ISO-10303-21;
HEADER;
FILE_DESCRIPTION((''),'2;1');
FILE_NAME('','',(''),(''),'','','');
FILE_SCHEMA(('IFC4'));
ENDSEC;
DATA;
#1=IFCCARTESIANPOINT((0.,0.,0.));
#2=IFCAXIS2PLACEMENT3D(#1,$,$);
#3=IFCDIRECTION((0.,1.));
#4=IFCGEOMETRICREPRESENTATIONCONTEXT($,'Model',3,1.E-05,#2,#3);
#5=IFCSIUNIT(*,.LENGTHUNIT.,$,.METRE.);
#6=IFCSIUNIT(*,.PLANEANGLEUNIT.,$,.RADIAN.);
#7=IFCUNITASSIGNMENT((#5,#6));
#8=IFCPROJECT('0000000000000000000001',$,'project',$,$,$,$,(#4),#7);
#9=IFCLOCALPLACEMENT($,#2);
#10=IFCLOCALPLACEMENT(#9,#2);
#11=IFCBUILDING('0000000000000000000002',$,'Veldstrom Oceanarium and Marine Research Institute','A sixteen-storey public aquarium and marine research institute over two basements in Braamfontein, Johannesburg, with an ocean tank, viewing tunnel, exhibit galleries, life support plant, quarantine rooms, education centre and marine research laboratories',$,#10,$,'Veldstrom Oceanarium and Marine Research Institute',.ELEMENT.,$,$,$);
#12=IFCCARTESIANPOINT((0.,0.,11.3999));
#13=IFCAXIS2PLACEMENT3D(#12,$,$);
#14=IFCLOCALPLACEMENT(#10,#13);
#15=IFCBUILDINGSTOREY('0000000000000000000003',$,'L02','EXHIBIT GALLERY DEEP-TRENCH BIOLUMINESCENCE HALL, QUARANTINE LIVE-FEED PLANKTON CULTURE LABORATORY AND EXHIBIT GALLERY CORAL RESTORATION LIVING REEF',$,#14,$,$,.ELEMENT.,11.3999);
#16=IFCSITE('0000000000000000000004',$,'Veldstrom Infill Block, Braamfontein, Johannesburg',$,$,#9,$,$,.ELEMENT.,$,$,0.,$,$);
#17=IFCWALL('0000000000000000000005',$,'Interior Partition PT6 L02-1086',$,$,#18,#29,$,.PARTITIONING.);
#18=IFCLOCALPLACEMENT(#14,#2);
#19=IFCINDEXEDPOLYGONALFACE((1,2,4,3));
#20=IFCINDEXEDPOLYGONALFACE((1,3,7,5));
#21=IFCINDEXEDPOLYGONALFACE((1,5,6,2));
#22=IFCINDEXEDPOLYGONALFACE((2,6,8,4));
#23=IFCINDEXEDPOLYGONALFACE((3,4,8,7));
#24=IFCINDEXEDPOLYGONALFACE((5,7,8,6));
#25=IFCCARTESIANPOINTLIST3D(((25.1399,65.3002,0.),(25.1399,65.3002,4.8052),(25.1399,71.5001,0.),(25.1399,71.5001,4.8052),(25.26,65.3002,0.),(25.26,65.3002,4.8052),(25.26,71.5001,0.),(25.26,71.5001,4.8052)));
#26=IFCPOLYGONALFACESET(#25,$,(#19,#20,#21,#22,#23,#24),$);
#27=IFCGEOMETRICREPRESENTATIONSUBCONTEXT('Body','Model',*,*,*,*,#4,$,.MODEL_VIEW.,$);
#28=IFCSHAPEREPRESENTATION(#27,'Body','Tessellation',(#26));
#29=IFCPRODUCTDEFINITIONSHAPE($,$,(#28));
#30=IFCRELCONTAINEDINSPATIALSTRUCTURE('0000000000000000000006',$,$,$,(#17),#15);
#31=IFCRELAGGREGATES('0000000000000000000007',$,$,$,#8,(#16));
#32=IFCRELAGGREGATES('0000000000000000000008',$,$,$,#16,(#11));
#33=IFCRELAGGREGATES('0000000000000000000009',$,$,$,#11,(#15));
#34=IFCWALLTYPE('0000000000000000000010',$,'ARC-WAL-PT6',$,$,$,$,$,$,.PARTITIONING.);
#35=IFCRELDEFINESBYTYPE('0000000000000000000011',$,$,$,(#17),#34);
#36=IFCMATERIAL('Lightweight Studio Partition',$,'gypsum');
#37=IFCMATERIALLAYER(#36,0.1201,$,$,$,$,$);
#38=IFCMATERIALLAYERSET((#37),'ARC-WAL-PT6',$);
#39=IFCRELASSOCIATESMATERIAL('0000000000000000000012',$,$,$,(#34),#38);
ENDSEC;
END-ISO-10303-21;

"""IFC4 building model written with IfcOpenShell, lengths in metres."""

from ifc_helpers import new_model, si_unit, direction, frame, frame_2d, origin, place, context, subcontext, project, spatial, rectangle, extrude, material, layer, layer_set, type_object, element, save


model = new_model("IFC4")

# Units and contexts
model_context = context("Model", 3, precision=1e-05, world=origin(), true_north=direction((0.0, 1.0)))
body_context = subcontext(model_context, "Body", "Model", "MODEL_VIEW")
ifc_project = project(units=[si_unit("LENGTHUNIT", "METRE"), si_unit("PLANEANGLEUNIT", "RADIAN")], contexts=[model_context])

# Site, building, storey
site_placement = place(None, origin())
site = spatial("IfcSite", under=ifc_project, at=site_placement, Name="Veldstrom Infill Block, Braamfontein, Johannesburg", CompositionType="ELEMENT", RefElevation=0.0)
building_placement = place(site_placement, origin())
building = spatial("IfcBuilding", under=site, at=building_placement, Name="Veldstrom Oceanarium and Marine Research Institute", Description="A sixteen-storey public aquarium and marine research institute over two basements in Braamfontein, Johannesburg, with an ocean tank, viewing tunnel, exhibit galleries, life support plant, quarantine rooms, education centre and marine research laboratories", LongName="Veldstrom Oceanarium and Marine Research Institute", CompositionType="ELEMENT")
storey_placement = place(building_placement, frame((0.0, 0.0, 11.3999)))
storey = spatial("IfcBuildingStorey", under=building, at=storey_placement, Name="L02", Description="EXHIBIT GALLERY DEEP-TRENCH BIOLUMINESCENCE HALL, QUARANTINE LIVE-FEED PLANKTON CULTURE LABORATORY AND EXHIBIT GALLERY CORAL RESTORATION LIVING REEF", CompositionType="ELEMENT", Elevation=11.3999)

# Wall
ifc_material_1 = material(Name="Lightweight Studio Partition", Category="gypsum")
ifc_layer_1 = layer(ifc_material_1, 0.1201)
ifc_layer_set_1 = layer_set([ifc_layer_1], Name="ARC-WAL-PT6")
wall_type_1 = type_object("IfcWallType", Name="ARC-WAL-PT6", PredefinedType="PARTITIONING", material=ifc_layer_set_1)
wall_1_placement = place(storey_placement, frame((25.2, 65.3, 0.0), z_axis=(0.0, 0.0, 1.0), x_axis=(0.0, 1.0, 0.0)))
element("IfcWall", 1, at=wall_1_placement, inside=storey, type_object=wall_type_1, Name="Interior Partition PT6 L02-1086", PredefinedType="PARTITIONING", context=body_context, shape_type="SweptSolid", body=[
    extrude(rectangle(XDim=6.2, YDim=0.1201, at=frame_2d((3.1001, 0.0))), origin(), (0.0, 0.0, 1.0), 4.8052),
])

save(model, "model.ifc")
